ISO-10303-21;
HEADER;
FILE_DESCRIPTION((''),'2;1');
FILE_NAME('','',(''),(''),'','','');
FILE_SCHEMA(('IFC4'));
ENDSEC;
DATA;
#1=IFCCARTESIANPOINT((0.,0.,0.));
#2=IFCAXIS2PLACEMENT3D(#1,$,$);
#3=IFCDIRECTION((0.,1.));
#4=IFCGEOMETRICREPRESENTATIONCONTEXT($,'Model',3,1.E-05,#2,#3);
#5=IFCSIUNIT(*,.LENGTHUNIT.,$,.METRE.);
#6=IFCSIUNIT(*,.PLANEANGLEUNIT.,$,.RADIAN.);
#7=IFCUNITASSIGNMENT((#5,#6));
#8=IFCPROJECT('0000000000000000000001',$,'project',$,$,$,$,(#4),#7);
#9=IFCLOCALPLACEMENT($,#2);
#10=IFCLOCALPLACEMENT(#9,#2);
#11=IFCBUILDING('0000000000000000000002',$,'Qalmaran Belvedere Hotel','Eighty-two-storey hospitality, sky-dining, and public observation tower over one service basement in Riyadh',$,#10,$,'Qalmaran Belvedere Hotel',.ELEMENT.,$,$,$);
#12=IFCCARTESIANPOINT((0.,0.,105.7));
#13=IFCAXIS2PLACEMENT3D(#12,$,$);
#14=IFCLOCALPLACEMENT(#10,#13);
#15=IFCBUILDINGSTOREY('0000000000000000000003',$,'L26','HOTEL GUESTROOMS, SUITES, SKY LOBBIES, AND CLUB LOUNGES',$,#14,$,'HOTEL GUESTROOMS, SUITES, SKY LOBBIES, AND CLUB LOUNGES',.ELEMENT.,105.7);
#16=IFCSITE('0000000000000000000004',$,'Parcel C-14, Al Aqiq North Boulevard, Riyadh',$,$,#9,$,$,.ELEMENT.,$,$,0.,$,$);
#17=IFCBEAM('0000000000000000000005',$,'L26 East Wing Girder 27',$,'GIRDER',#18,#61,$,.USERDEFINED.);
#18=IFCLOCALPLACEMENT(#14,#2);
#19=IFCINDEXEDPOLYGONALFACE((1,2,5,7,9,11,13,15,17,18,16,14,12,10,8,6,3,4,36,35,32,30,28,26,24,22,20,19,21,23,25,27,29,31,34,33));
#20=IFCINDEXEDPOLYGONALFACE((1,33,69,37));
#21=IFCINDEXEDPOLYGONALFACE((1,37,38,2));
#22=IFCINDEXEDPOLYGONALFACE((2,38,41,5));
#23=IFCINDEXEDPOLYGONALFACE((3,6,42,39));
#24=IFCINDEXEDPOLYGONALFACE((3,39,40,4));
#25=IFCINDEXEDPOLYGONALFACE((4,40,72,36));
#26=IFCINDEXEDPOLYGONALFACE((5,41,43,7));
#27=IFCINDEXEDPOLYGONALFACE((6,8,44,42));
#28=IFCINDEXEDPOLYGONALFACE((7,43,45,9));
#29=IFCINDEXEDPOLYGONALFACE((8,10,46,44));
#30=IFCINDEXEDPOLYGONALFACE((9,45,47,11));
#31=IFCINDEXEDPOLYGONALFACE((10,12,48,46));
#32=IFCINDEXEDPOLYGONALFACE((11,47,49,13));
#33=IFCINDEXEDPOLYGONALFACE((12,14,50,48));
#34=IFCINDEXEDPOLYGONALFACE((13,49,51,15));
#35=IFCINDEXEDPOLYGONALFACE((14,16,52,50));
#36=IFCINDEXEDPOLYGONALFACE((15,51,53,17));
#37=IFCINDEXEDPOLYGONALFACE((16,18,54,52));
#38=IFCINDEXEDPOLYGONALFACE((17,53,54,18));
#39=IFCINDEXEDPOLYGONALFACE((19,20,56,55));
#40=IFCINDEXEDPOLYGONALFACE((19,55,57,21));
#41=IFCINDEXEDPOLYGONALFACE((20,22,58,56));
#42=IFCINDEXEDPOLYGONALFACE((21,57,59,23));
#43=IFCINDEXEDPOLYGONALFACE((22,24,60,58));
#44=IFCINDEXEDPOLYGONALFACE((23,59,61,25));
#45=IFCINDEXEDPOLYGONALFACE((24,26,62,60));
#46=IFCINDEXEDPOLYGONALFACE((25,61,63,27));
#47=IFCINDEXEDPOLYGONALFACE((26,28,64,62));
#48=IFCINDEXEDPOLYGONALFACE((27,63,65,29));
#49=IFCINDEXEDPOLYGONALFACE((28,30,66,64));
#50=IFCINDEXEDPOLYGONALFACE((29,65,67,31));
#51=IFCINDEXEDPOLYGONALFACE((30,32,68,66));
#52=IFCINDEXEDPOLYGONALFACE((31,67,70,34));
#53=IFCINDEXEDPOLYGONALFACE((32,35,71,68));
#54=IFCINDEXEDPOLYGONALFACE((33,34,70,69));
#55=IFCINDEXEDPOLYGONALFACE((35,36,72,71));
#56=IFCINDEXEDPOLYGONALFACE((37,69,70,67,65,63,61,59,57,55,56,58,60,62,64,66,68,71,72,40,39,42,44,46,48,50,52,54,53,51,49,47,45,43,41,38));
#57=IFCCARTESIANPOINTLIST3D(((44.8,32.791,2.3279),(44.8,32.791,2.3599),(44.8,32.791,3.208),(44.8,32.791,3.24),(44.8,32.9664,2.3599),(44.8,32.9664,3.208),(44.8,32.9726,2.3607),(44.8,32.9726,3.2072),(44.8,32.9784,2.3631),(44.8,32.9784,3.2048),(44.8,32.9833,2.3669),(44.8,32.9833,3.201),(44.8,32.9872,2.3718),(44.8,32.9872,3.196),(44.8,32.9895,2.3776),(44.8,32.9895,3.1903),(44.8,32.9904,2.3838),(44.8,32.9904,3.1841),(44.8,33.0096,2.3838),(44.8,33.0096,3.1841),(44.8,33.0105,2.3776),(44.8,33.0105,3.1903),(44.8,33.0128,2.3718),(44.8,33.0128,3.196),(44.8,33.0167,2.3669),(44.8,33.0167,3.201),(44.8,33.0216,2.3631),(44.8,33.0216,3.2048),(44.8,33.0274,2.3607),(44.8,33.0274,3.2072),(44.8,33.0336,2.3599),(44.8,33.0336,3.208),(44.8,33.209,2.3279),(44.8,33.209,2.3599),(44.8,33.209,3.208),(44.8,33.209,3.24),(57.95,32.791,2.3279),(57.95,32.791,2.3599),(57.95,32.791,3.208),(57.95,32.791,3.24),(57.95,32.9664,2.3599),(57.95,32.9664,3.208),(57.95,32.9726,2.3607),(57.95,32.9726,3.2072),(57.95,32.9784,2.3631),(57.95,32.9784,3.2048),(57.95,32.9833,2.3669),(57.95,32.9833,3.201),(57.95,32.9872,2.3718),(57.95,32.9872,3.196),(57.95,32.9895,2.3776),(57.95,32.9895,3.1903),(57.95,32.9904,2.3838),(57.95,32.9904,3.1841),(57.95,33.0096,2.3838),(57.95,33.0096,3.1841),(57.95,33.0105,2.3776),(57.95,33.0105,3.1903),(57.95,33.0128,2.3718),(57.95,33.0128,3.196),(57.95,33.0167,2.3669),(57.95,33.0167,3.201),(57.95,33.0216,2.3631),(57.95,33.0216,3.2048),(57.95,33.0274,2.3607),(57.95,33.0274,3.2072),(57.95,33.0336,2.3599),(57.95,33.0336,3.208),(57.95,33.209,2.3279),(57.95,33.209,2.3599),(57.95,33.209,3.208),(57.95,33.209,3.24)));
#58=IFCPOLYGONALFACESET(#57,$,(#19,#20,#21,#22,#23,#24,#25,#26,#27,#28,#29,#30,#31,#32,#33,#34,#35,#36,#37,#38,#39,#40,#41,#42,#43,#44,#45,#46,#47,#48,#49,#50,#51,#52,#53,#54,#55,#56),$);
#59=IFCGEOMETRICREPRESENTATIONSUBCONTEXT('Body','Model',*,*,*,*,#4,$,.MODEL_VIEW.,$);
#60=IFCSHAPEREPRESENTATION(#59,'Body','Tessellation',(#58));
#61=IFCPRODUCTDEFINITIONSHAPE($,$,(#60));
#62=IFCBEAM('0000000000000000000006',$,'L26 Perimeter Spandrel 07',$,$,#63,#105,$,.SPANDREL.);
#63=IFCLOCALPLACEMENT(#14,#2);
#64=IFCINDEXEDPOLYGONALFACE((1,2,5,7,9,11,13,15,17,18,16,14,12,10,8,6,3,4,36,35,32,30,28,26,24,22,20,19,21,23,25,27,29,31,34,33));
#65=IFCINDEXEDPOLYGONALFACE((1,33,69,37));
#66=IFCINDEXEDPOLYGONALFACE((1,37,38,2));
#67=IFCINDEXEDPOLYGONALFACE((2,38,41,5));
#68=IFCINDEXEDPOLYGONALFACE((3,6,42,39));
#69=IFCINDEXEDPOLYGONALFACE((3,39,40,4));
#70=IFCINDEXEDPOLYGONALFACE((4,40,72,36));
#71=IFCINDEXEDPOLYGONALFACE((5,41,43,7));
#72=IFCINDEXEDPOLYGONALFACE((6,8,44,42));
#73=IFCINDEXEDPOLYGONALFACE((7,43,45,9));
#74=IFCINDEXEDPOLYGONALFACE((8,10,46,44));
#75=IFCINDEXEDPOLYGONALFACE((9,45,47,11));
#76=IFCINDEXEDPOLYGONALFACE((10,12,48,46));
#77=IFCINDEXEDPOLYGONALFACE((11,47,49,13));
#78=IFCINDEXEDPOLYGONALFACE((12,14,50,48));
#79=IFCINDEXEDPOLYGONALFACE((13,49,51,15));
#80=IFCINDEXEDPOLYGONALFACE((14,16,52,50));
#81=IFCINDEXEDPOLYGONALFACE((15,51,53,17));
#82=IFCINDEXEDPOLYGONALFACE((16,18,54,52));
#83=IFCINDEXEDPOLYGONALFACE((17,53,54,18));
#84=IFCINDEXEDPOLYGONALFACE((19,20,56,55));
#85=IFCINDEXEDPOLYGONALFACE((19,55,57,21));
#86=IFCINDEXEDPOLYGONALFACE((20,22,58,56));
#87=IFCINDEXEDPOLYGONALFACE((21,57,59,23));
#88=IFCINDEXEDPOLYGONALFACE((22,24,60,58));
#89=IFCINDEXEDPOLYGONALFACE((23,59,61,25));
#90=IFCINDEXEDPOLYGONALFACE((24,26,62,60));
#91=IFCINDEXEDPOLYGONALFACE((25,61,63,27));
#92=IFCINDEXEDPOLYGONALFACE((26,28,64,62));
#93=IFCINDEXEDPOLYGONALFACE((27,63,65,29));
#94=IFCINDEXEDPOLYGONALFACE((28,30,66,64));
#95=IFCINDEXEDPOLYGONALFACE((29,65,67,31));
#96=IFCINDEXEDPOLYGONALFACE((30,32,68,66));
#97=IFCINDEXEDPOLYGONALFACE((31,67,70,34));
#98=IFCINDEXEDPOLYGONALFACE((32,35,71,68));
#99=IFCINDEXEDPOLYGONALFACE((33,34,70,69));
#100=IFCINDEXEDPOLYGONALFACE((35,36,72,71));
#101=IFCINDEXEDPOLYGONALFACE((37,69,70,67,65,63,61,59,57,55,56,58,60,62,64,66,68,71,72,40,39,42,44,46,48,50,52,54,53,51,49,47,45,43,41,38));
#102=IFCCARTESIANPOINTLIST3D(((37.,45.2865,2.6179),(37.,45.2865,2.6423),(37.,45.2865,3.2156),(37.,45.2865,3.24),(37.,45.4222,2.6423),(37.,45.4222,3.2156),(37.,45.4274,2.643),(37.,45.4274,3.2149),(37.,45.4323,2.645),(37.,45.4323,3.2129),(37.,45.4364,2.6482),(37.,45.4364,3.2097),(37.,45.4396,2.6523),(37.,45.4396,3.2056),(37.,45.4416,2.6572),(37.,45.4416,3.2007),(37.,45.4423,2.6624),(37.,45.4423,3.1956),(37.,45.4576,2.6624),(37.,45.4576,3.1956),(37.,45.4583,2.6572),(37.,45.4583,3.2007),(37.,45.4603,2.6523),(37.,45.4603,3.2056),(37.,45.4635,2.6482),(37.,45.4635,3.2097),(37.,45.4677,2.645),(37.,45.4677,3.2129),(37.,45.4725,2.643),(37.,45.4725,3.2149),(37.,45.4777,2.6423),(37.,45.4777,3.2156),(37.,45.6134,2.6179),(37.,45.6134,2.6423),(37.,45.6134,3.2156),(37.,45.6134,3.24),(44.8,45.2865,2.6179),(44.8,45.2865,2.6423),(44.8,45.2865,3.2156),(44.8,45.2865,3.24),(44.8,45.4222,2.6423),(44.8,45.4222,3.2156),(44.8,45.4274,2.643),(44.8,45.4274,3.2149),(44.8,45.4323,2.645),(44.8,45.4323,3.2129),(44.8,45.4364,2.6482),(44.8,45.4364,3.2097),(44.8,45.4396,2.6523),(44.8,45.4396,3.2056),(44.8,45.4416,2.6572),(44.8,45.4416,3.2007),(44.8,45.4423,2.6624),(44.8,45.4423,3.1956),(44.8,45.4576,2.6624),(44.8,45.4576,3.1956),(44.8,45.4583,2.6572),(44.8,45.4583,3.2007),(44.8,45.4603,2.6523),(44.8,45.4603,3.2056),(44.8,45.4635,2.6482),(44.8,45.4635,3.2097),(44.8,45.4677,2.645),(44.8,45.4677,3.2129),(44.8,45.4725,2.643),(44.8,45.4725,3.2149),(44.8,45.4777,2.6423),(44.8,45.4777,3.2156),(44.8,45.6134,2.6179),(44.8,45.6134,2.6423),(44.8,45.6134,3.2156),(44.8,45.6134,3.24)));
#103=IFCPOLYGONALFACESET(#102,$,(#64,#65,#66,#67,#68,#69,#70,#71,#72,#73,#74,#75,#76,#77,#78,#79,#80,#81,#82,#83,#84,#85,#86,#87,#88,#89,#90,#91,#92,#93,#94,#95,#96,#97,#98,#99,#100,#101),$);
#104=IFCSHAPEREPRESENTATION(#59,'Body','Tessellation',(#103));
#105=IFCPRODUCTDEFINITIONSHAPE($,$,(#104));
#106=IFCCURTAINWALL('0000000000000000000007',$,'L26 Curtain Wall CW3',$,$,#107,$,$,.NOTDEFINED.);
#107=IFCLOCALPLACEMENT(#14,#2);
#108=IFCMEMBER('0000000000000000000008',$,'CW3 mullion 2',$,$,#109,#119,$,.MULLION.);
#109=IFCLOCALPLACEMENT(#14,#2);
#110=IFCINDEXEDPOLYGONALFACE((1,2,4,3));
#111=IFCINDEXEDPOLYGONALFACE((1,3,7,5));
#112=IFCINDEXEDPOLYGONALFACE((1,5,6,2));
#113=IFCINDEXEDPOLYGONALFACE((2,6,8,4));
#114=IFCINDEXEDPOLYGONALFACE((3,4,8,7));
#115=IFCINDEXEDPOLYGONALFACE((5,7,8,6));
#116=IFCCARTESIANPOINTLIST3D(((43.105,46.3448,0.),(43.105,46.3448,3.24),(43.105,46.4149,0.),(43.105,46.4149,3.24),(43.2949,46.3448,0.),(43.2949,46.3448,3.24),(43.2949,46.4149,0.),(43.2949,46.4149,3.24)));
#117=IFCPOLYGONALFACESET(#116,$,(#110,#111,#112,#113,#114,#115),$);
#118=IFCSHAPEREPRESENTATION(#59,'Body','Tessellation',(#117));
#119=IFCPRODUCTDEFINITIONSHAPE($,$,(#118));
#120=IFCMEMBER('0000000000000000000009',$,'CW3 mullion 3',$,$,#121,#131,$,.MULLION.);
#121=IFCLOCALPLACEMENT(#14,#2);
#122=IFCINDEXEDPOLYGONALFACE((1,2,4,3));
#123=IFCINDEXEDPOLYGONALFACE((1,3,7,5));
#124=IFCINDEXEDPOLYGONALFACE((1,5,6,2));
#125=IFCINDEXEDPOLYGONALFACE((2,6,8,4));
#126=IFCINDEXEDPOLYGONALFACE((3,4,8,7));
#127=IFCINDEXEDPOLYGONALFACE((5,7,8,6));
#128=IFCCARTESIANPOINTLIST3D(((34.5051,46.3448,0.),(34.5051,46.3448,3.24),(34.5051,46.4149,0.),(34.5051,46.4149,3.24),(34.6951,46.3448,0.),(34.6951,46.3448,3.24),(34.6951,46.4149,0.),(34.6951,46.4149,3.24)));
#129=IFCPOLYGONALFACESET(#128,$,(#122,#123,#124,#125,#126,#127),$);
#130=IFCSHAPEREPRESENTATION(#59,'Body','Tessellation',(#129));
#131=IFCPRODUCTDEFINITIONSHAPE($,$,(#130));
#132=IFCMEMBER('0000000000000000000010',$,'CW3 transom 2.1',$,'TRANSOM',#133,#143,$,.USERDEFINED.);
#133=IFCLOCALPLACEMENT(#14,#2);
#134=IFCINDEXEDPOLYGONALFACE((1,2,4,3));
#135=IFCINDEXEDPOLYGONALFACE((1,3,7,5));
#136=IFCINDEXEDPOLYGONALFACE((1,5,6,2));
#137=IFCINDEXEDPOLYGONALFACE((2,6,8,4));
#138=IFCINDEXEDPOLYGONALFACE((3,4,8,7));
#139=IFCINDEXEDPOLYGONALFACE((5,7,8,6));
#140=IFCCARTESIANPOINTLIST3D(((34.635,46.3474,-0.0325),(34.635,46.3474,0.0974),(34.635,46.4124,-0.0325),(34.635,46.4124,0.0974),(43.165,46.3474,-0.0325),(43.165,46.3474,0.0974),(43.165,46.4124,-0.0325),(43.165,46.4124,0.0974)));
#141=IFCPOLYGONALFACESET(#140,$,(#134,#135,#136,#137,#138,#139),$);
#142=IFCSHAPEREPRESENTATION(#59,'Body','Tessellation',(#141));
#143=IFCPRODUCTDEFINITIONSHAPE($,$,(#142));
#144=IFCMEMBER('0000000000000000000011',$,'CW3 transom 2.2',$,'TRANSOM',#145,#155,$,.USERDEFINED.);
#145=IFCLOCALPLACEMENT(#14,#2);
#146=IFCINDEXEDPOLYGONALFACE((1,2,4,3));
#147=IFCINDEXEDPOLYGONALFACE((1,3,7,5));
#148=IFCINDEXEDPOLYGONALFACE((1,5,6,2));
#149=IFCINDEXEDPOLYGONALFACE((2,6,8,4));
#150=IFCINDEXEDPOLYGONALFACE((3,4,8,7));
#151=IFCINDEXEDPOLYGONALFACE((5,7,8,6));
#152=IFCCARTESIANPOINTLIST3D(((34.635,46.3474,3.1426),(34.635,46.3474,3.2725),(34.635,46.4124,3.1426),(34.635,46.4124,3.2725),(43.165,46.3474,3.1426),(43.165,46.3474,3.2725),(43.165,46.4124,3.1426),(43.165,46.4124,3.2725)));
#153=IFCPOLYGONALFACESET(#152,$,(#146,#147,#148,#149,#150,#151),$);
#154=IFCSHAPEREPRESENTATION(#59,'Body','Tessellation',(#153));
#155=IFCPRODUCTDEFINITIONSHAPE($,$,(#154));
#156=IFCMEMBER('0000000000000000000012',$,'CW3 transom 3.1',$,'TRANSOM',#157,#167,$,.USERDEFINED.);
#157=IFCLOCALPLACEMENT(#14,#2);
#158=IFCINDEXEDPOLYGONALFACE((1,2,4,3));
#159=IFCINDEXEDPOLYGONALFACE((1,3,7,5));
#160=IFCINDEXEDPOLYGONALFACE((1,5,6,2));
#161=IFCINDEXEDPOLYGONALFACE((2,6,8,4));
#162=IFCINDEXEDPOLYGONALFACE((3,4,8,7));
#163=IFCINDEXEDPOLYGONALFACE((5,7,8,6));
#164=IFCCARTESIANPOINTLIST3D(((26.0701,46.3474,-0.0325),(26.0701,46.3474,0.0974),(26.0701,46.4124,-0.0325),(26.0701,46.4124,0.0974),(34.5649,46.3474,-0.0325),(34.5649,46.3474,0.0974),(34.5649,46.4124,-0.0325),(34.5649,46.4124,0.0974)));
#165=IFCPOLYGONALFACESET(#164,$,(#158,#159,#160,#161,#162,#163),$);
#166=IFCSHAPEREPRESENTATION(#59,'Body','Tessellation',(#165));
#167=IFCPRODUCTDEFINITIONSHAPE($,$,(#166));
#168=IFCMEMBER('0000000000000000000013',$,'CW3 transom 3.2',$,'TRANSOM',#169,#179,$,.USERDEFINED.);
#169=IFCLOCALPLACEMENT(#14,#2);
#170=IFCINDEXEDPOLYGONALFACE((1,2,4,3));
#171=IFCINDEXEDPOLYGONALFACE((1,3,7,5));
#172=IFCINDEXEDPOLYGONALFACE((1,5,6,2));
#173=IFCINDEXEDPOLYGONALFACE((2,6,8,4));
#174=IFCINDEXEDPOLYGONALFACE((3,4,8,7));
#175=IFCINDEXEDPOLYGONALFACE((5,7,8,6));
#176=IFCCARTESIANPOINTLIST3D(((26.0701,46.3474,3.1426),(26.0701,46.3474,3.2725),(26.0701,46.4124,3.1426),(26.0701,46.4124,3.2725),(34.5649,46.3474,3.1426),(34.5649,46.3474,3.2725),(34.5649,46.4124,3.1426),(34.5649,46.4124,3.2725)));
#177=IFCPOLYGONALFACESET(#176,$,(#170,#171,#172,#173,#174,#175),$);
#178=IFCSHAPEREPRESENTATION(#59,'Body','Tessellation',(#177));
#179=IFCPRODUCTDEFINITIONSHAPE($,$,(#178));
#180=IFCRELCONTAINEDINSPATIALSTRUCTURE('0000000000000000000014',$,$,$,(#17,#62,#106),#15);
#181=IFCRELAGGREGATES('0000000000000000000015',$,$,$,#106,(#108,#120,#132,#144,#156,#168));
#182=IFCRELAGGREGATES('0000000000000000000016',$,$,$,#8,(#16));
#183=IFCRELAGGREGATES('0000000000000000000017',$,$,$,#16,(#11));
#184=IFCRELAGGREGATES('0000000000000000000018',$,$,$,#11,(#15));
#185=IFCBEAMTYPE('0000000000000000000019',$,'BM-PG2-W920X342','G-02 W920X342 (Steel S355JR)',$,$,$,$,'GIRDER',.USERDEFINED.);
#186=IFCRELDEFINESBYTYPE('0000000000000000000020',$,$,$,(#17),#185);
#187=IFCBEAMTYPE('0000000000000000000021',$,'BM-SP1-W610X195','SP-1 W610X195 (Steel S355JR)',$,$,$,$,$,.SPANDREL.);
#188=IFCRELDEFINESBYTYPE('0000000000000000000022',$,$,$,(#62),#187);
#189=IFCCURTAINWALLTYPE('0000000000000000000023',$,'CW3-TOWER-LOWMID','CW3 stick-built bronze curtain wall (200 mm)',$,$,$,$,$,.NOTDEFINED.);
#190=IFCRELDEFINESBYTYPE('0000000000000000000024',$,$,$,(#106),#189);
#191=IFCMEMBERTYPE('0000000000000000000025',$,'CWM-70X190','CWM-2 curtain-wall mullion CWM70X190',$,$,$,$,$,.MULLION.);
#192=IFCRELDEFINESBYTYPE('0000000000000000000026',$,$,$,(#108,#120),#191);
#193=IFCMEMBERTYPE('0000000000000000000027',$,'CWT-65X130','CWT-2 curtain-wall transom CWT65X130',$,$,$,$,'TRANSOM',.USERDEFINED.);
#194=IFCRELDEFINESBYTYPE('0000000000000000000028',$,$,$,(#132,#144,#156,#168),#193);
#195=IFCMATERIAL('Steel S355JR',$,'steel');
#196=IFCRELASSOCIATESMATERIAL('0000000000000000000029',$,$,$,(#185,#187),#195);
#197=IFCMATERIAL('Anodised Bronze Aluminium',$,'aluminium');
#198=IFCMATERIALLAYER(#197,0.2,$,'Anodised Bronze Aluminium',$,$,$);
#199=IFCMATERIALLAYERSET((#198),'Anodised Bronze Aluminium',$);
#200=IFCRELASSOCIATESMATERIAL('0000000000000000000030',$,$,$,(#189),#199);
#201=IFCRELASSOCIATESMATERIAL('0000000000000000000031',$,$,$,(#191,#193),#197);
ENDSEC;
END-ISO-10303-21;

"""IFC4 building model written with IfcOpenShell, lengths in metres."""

from ifc_helpers import new_model, si_unit, direction, frame, origin, origin_2d, place, context, subcontext, project, spatial, rectangle, i_section, extrude, material, layer, layer_set, material_profile, profile_set, type_object, element, aggregate, save


model = new_model("IFC4")

# Units and contexts
model_context = context("Model", 3, precision=1e-05, world=origin(), true_north=direction((0.0, 1.0)))
body_context = subcontext(model_context, "Body", "Model", "MODEL_VIEW")
ifc_project = project(units=[si_unit("LENGTHUNIT", "METRE"), si_unit("PLANEANGLEUNIT", "RADIAN")], contexts=[model_context])

# Site, building, storey
site_placement = place(None, origin())
site = spatial("IfcSite", under=ifc_project, at=site_placement, Name="Parcel C-14, Al Aqiq North Boulevard, Riyadh", CompositionType="ELEMENT", RefElevation=0.0)
building_placement = place(site_placement, origin())
building = spatial("IfcBuilding", under=site, at=building_placement, Name="Qalmaran Belvedere Hotel", Description="Eighty-two-storey hospitality, sky-dining, and public observation tower over one service basement in Riyadh", LongName="Qalmaran Belvedere Hotel", CompositionType="ELEMENT")
storey_placement = place(building_placement, frame((0.0, 0.0, 105.7)))
storey = spatial("IfcBuildingStorey", under=building, at=storey_placement, Name="L26", Description="HOTEL GUESTROOMS, SUITES, SKY LOBBIES, AND CLUB LOUNGES", LongName="HOTEL GUESTROOMS, SUITES, SKY LOBBIES, AND CLUB LOUNGES", CompositionType="ELEMENT", Elevation=105.7)

# Beams
ifc_material_1 = material(Name="Steel S355JR", Category="steel")
ifc_material_profile_1 = material_profile(ifc_material_1, i_section(OverallWidth=0.418, OverallDepth=0.9121, WebThickness=0.0193, FlangeThickness=0.032, FilletRadius=0.0239, at=origin_2d()), Name="W920X342")
ifc_profile_set_1 = profile_set([ifc_material_profile_1], Name="Steel S355JR")
beam_type_1 = type_object("IfcBeamType", Name="BM-PG2-W920X342", Description="G-02 W920X342 (Steel S355JR)", ElementType="GIRDER", PredefinedType="USERDEFINED", material=ifc_profile_set_1)
beam_1_placement = place(storey_placement, frame((44.8, 33.0, 2.7839), z_axis=(1.0, 0.0, 0.0), x_axis=(0.0, 1.0, 0.0)))
element("IfcBeam", 1, at=beam_1_placement, inside=storey, type_object=beam_type_1, Name="L26 East Wing Girder 27", ObjectType="GIRDER", PredefinedType="USERDEFINED", context=body_context, shape_type="SweptSolid", body=[
    extrude(i_section(OverallWidth=0.418, OverallDepth=0.9121, WebThickness=0.0193, FlangeThickness=0.032, FilletRadius=0.0239, at=origin_2d()), origin(), (0.0, 0.0, 1.0), 13.1499),
])
ifc_material_profile_2 = material_profile(ifc_material_1, i_section(OverallWidth=0.3269, OverallDepth=0.6221, WebThickness=0.0154, FlangeThickness=0.0244, FilletRadius=0.02, at=origin_2d()), Name="W610X195")
ifc_profile_set_2 = profile_set([ifc_material_profile_2], Name="Steel S355JR")
beam_type_2 = type_object("IfcBeamType", Name="BM-SP1-W610X195", Description="SP-1 W610X195 (Steel S355JR)", PredefinedType="SPANDREL", material=ifc_profile_set_2)
beam_2_placement = place(storey_placement, frame((37.0, 45.45, 2.929), z_axis=(1.0, 0.0, 0.0), x_axis=(0.0, 1.0, 0.0)))
element("IfcBeam", 2, at=beam_2_placement, inside=storey, type_object=beam_type_2, Name="L26 Perimeter Spandrel 07", PredefinedType="SPANDREL", context=body_context, shape_type="SweptSolid", body=[
    extrude(i_section(OverallWidth=0.3269, OverallDepth=0.6221, WebThickness=0.0154, FlangeThickness=0.0244, FilletRadius=0.02, at=origin_2d()), origin(), (0.0, 0.0, 1.0), 7.8),
])

# Curtain wall, members
ifc_material_2 = material(Name="Anodised Bronze Aluminium", Category="aluminium")
ifc_layer_1 = layer(ifc_material_2, 0.2, Name="Anodised Bronze Aluminium")
ifc_layer_set_1 = layer_set([ifc_layer_1], Name="Anodised Bronze Aluminium")
curtain_wall_type = type_object("IfcCurtainWallType", Name="CW3-TOWER-LOWMID", Description="CW3 stick-built bronze curtain wall (200 mm)", PredefinedType="NOTDEFINED", material=ifc_layer_set_1)
curtain_wall_placement = place(storey_placement, origin())
curtain_wall = element("IfcCurtainWall", 3, at=curtain_wall_placement, inside=storey, type_object=curtain_wall_type, Name="L26 Curtain Wall CW3", PredefinedType="NOTDEFINED")
ifc_material_profile_3 = material_profile(ifc_material_2, rectangle(XDim=0.0701, YDim=0.1899, at=origin_2d()), Name="CWM70X190")
ifc_profile_set_3 = profile_set([ifc_material_profile_3], Name="Anodised Bronze Aluminium")
member_type_1 = type_object("IfcMemberType", Name="CWM-70X190", Description="CWM-2 curtain-wall mullion CWM70X190", PredefinedType="MULLION", material=ifc_profile_set_3)
member_1_placement = place(storey_placement, frame((43.2, 46.3799, 0.0), z_axis=(0.0, 0.0, 1.0), x_axis=(0.0, -1.0, 0.0)))
member_1 = element("IfcMember", 4, at=member_1_placement, type_object=member_type_1, Name="CW3 mullion 2", PredefinedType="MULLION", context=body_context, shape_type="SweptSolid", body=[
    extrude(rectangle(XDim=0.0701, YDim=0.1899, at=origin_2d()), origin(), (0.0, 0.0, 1.0), 3.24),
])
member_2_placement = place(storey_placement, frame((34.6001, 46.3799, 0.0), z_axis=(0.0, 0.0, 1.0), x_axis=(0.0, -1.0, 0.0)))
member_2 = element("IfcMember", 5, at=member_2_placement, type_object=member_type_1, Name="CW3 mullion 3", PredefinedType="MULLION", context=body_context, shape_type="SweptSolid", body=[
    extrude(rectangle(XDim=0.0701, YDim=0.1899, at=origin_2d()), origin(), (0.0, 0.0, 1.0), 3.24),
])
ifc_material_profile_4 = material_profile(ifc_material_2, rectangle(XDim=0.0649, YDim=0.1299, at=origin_2d()), Name="CWT65X130")
ifc_profile_set_4 = profile_set([ifc_material_profile_4], Name="Anodised Bronze Aluminium")
member_type_2 = type_object("IfcMemberType", Name="CWT-65X130", Description="CWT-2 curtain-wall transom CWT65X130", ElementType="TRANSOM", PredefinedType="USERDEFINED", material=ifc_profile_set_4)
member_3_placement = place(storey_placement, frame((43.165, 46.3799, 0.0325), z_axis=(-1.0, 0.0, 0.0), x_axis=(0.0, -1.0, 0.0)))
member_3 = element("IfcMember", 6, at=member_3_placement, type_object=member_type_2, Name="CW3 transom 2.1", ObjectType="TRANSOM", PredefinedType="USERDEFINED", context=body_context, shape_type="SweptSolid", body=[
    extrude(rectangle(XDim=0.0649, YDim=0.1299, at=origin_2d()), origin(), (0.0, 0.0, 1.0), 8.53),
])
member_4_placement = place(storey_placement, frame((43.165, 46.3799, 3.2075), z_axis=(-1.0, 0.0, 0.0), x_axis=(0.0, -1.0, 0.0)))
member_4 = element("IfcMember", 7, at=member_4_placement, type_object=member_type_2, Name="CW3 transom 2.2", ObjectType="TRANSOM", PredefinedType="USERDEFINED", context=body_context, shape_type="SweptSolid", body=[
    extrude(rectangle(XDim=0.0649, YDim=0.1299, at=origin_2d()), origin(), (0.0, 0.0, 1.0), 8.53),
])
member_5_placement = place(storey_placement, frame((34.5649, 46.3799, 0.0325), z_axis=(-1.0, 0.0, 0.0), x_axis=(0.0, -1.0, 0.0)))
member_5 = element("IfcMember", 8, at=member_5_placement, type_object=member_type_2, Name="CW3 transom 3.1", ObjectType="TRANSOM", PredefinedType="USERDEFINED", context=body_context, shape_type="SweptSolid", body=[
    extrude(rectangle(XDim=0.0649, YDim=0.1299, at=origin_2d()), origin(), (0.0, 0.0, 1.0), 8.4949),
])
member_6_placement = place(storey_placement, frame((34.5649, 46.3799, 3.2075), z_axis=(-1.0, 0.0, 0.0), x_axis=(0.0, -1.0, 0.0)))
member_6 = element("IfcMember", 9, at=member_6_placement, type_object=member_type_2, Name="CW3 transom 3.2", ObjectType="TRANSOM", PredefinedType="USERDEFINED", context=body_context, shape_type="SweptSolid", body=[
    extrude(rectangle(XDim=0.0649, YDim=0.1299, at=origin_2d()), origin(), (0.0, 0.0, 1.0), 8.4949),
])
aggregate(curtain_wall, [member_1, member_2, member_3, member_4, member_5, member_6])

save(model, "model.ifc")
